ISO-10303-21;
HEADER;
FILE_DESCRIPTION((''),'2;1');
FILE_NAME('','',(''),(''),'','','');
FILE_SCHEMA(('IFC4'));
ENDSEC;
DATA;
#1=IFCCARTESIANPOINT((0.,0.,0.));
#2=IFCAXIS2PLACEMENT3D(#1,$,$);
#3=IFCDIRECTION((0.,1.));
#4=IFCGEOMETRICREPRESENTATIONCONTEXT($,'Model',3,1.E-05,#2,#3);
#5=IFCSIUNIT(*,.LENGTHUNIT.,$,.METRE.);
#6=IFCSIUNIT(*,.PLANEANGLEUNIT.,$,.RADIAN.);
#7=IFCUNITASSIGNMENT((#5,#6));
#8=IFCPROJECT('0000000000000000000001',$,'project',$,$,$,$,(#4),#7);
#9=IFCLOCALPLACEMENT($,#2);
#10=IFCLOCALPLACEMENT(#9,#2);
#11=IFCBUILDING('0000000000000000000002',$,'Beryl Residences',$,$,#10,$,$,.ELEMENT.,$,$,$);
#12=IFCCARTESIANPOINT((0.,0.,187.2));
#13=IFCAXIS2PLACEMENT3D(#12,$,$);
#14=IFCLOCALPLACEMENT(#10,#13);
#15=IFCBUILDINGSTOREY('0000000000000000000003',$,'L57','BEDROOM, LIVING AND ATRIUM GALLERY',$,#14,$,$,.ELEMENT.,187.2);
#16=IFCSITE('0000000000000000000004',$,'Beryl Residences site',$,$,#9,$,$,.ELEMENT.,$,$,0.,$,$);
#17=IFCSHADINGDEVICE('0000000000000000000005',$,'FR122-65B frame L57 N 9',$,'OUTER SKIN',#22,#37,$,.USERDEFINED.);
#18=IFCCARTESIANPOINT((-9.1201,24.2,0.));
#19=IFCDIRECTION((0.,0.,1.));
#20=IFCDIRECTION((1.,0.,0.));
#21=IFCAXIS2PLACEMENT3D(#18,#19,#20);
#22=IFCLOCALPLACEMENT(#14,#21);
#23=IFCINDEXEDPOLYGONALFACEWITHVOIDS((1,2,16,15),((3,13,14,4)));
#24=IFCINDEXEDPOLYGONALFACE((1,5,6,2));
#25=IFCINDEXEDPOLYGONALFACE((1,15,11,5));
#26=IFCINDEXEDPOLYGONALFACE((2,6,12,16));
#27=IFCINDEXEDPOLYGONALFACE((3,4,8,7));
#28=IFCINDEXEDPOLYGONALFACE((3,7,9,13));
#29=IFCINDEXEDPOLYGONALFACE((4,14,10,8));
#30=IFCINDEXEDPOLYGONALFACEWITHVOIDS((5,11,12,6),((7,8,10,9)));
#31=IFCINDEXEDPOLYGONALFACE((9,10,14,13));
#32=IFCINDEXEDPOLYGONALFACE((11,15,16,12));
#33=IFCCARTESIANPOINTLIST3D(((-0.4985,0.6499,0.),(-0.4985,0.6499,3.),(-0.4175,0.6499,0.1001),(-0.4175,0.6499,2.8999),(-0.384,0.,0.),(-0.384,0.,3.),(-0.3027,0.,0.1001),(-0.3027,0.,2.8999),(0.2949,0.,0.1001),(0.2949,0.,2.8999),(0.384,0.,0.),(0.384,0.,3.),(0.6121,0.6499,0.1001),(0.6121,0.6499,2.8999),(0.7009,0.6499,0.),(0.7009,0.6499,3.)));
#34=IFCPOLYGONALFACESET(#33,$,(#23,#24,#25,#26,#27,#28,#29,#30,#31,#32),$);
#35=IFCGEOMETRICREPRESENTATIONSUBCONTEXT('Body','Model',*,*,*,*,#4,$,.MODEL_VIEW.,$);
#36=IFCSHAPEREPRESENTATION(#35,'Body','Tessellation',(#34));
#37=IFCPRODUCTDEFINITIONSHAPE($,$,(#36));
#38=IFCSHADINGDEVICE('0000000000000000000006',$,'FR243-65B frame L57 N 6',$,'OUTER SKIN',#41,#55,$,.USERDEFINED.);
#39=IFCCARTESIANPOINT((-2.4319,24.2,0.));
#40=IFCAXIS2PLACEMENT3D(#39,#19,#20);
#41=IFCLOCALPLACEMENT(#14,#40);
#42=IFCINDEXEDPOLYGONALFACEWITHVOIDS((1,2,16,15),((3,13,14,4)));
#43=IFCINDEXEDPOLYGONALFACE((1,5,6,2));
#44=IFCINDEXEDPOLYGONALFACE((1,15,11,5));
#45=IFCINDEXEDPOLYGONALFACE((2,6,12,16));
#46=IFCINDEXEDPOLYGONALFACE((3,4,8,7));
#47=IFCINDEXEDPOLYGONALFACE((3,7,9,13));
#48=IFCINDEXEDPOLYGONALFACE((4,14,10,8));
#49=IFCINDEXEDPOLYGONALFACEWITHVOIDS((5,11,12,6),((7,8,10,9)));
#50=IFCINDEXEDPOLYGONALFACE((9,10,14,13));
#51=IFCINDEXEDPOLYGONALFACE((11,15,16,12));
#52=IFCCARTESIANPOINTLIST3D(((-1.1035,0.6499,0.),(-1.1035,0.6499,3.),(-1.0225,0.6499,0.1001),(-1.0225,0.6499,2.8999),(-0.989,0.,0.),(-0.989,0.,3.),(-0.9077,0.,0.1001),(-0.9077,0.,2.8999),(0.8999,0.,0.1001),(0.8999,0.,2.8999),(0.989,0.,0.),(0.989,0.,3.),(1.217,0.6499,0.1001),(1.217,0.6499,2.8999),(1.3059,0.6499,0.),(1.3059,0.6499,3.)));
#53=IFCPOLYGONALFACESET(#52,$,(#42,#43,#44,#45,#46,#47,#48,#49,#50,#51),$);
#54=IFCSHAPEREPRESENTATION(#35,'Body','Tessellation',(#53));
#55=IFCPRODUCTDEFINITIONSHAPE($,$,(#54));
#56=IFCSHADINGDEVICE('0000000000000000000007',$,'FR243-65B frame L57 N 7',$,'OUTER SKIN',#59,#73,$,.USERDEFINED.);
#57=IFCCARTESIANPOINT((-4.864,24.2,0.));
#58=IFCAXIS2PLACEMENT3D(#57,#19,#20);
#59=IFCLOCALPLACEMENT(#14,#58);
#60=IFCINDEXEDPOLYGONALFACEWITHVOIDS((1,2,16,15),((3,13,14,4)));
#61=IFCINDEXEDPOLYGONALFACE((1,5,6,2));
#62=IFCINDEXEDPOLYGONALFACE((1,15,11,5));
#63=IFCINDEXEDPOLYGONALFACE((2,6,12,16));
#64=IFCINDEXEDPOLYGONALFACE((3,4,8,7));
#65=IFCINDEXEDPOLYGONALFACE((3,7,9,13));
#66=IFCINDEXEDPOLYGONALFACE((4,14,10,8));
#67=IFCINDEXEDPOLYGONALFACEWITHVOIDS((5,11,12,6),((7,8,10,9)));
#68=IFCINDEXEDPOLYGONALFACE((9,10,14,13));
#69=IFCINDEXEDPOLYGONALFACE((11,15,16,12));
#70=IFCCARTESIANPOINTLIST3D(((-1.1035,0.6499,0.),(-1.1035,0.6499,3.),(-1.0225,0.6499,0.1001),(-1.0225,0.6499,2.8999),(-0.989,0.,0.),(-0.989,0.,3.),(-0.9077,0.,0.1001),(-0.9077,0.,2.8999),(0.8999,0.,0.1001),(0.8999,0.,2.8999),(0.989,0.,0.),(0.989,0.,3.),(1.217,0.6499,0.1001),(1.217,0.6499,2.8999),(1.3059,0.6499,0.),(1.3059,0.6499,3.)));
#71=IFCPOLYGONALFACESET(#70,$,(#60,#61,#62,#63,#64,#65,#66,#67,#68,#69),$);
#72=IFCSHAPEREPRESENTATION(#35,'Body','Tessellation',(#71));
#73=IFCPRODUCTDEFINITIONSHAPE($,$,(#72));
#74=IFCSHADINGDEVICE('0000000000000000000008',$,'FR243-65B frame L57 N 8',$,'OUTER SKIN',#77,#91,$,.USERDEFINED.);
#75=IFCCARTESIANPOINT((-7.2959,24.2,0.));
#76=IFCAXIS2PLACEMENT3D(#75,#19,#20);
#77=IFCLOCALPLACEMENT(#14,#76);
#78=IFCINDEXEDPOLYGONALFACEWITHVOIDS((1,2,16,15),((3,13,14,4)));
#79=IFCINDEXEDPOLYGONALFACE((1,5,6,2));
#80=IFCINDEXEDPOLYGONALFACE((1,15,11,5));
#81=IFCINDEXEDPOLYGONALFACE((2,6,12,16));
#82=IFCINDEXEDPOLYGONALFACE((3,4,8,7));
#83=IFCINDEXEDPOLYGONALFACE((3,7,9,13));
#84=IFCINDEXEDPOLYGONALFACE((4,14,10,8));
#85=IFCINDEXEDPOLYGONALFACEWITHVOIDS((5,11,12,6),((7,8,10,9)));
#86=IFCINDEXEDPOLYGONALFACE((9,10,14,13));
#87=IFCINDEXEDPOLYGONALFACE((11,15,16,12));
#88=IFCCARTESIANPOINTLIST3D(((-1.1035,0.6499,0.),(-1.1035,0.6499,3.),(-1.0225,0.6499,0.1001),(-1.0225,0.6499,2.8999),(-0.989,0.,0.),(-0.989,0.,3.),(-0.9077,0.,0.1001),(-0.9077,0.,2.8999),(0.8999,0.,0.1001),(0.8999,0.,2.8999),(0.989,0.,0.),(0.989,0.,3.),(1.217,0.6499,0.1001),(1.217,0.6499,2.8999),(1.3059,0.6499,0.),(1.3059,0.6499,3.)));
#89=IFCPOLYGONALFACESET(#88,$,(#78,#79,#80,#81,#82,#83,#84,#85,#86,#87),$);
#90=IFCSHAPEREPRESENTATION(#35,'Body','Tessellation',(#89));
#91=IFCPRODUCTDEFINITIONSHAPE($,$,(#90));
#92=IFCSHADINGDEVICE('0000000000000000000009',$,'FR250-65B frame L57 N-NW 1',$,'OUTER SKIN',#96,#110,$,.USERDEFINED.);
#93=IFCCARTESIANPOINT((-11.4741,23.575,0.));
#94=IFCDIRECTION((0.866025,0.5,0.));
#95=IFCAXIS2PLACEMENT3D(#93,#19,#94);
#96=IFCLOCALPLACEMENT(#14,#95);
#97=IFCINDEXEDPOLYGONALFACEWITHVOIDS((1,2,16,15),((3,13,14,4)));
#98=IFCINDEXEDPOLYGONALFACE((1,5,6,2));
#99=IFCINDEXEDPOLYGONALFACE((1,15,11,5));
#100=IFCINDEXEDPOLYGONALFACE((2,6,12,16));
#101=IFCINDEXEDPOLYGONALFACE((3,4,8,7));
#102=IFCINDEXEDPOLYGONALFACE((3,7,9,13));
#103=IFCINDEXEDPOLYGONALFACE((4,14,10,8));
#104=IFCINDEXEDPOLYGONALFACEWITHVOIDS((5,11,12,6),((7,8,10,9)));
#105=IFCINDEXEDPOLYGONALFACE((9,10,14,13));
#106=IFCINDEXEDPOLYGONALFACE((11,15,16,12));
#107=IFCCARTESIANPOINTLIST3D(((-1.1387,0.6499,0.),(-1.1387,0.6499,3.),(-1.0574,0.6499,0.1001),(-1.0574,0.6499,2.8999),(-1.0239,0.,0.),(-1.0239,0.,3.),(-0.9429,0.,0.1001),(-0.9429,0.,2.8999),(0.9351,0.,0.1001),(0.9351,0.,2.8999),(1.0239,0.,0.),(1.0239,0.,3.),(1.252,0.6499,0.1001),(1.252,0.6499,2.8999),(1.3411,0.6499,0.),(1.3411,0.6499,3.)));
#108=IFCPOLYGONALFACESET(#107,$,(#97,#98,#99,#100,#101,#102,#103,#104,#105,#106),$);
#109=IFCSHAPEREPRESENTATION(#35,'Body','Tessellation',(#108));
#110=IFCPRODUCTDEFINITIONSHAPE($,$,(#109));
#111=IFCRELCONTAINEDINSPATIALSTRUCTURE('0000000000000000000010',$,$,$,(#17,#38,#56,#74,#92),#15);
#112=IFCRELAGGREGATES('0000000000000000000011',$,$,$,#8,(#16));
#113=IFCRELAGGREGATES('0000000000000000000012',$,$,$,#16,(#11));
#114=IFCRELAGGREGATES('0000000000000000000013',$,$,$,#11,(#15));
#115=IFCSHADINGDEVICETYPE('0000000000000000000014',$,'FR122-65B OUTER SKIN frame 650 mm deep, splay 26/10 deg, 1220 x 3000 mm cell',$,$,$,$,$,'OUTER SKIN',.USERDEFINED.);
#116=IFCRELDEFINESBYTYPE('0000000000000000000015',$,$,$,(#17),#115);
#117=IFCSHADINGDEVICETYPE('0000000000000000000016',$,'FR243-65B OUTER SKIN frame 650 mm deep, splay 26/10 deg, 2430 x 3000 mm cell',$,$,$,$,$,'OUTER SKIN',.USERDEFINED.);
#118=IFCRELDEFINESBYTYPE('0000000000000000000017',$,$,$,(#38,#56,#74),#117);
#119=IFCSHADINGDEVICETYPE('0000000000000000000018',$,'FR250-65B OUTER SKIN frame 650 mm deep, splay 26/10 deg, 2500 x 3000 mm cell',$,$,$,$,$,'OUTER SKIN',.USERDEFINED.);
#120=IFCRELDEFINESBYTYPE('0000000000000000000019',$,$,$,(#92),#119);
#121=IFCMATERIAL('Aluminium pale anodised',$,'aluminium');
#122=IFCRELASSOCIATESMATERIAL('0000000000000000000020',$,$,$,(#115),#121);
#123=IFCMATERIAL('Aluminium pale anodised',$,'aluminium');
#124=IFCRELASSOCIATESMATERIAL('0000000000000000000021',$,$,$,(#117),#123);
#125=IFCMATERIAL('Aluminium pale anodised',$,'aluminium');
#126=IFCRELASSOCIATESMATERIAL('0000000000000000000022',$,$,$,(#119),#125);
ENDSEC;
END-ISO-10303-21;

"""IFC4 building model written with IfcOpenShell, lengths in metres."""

from ifc_helpers import new_model, entity, si_unit, direction, frame, origin, place, context, subcontext, project, spatial, source, transform, mapped, material, type_object, type_shapes, element, save


model = new_model("IFC4")

# Units and contexts
model_context = context("Model", 3, precision=1e-05, world=origin(), true_north=direction((0.0, 1.0)))
body_context = subcontext(model_context, "Body", "Model", "MODEL_VIEW")
ifc_project = project(units=[si_unit("LENGTHUNIT", "METRE"), si_unit("PLANEANGLEUNIT", "RADIAN")], contexts=[model_context])

# Site, building, storey
site_placement = place(None, origin())
site = spatial("IfcSite", under=ifc_project, at=site_placement, Name="Beryl Residences site", CompositionType="ELEMENT", RefElevation=0.0)
building_placement = place(site_placement, origin())
building = spatial("IfcBuilding", under=site, at=building_placement, Name="Beryl Residences", CompositionType="ELEMENT")
storey_placement = place(building_placement, frame((0.0, 0.0, 187.2)))
storey = spatial("IfcBuildingStorey", under=building, at=storey_placement, Name="L57", Description="BEDROOM, LIVING AND ATRIUM GALLERY", CompositionType="ELEMENT", Elevation=187.2)

# Shading devices
ifc_material_1 = material(Name="Aluminium pale anodised", Category="aluminium")
shading_device_type_1 = type_object("IfcShadingDeviceType", Name="FR122-65B OUTER SKIN frame 650 mm deep, splay 26/10 deg, 1220 x 3000 mm cell", ElementType="OUTER SKIN", PredefinedType="USERDEFINED", material=ifc_material_1)
cartesian_point_1 = entity("IfcCartesianPoint", [-0.384, 0.0])
cartesian_point_2 = entity("IfcCartesianPoint", [-0.2949, 0.1001])
cartesian_point_3 = entity("IfcCartesianPoint", [-0.7009, 0.0])
cartesian_point_4 = entity("IfcCartesianPoint", [-0.6121, 0.1001])
shared_shape_1 = source(origin(), body_context, "Body", "SweptSolid", [
    entity("IfcExtrudedAreaSolidTapered", entity("IfcArbitraryProfileDefWithVoids", "AREA", None, entity("IfcPolyline", [cartesian_point_1, entity("IfcCartesianPoint", [0.384, 0.0]), entity("IfcCartesianPoint", [0.384, 3.0]), entity("IfcCartesianPoint", [-0.384, 3.0]), cartesian_point_1]), [entity("IfcPolyline", [cartesian_point_2, entity("IfcCartesianPoint", [0.3027, 0.1001]), entity("IfcCartesianPoint", [0.3027, 2.8999]), entity("IfcCartesianPoint", [-0.2949, 2.8999]), cartesian_point_2])]), entity("IfcAxis2Placement3D", entity("IfcCartesianPoint", [0.0, 0.0, 0.0]), entity("IfcDirection", [0.0, 1.0, 0.0]), entity("IfcDirection", [-1.0, 0.0, 0.0])), entity("IfcDirection", [0.0, 0.0, 1.0]), 0.6499, entity("IfcArbitraryProfileDefWithVoids", "AREA", None, entity("IfcPolyline", [cartesian_point_3, entity("IfcCartesianPoint", [0.4985, 0.0]), entity("IfcCartesianPoint", [0.4985, 3.0]), entity("IfcCartesianPoint", [-0.7009, 3.0]), cartesian_point_3]), [entity("IfcPolyline", [cartesian_point_4, entity("IfcCartesianPoint", [0.4175, 0.1001]), entity("IfcCartesianPoint", [0.4175, 2.8999]), entity("IfcCartesianPoint", [-0.6121, 2.8999]), cartesian_point_4])])),
])
type_shapes(shading_device_type_1, [shared_shape_1])
shading_device_1_placement = place(storey_placement, frame((-9.1201, 24.2, 0.0), z_axis=(0.0, 0.0, 1.0), x_axis=(1.0, 0.0, 0.0)))
element("IfcShadingDevice", 1, at=shading_device_1_placement, inside=storey, type_object=shading_device_type_1, Name="FR122-65B frame L57 N 9", ObjectType="OUTER SKIN", PredefinedType="USERDEFINED", context=body_context, shape_type="MappedRepresentation", body=[
    mapped(shared_shape_1, transform((0.0, 0.0, 0.0))),
])
ifc_material_2 = material(Name="Aluminium pale anodised", Category="aluminium")
shading_device_type_2 = type_object("IfcShadingDeviceType", Name="FR243-65B OUTER SKIN frame 650 mm deep, splay 26/10 deg, 2430 x 3000 mm cell", ElementType="OUTER SKIN", PredefinedType="USERDEFINED", material=ifc_material_2)
cartesian_point_5 = entity("IfcCartesianPoint", [-0.989, 0.0])
cartesian_point_6 = entity("IfcCartesianPoint", [-0.8999, 0.1001])
cartesian_point_7 = entity("IfcCartesianPoint", [-1.3059, 0.0])
cartesian_point_8 = entity("IfcCartesianPoint", [-1.217, 0.1001])
shared_shape_2 = source(origin(), body_context, "Body", "SweptSolid", [
    entity("IfcExtrudedAreaSolidTapered", entity("IfcArbitraryProfileDefWithVoids", "AREA", None, entity("IfcPolyline", [cartesian_point_5, entity("IfcCartesianPoint", [0.989, 0.0]), entity("IfcCartesianPoint", [0.989, 3.0]), entity("IfcCartesianPoint", [-0.989, 3.0]), cartesian_point_5]), [entity("IfcPolyline", [cartesian_point_6, entity("IfcCartesianPoint", [0.9077, 0.1001]), entity("IfcCartesianPoint", [0.9077, 2.8999]), entity("IfcCartesianPoint", [-0.8999, 2.8999]), cartesian_point_6])]), entity("IfcAxis2Placement3D", entity("IfcCartesianPoint", [0.0, 0.0, 0.0]), entity("IfcDirection", [0.0, 1.0, 0.0]), entity("IfcDirection", [-1.0, 0.0, 0.0])), entity("IfcDirection", [0.0, 0.0, 1.0]), 0.6499, entity("IfcArbitraryProfileDefWithVoids", "AREA", None, entity("IfcPolyline", [cartesian_point_7, entity("IfcCartesianPoint", [1.1035, 0.0]), entity("IfcCartesianPoint", [1.1035, 3.0]), entity("IfcCartesianPoint", [-1.3059, 3.0]), cartesian_point_7]), [entity("IfcPolyline", [cartesian_point_8, entity("IfcCartesianPoint", [1.0225, 0.1001]), entity("IfcCartesianPoint", [1.0225, 2.8999]), entity("IfcCartesianPoint", [-1.217, 2.8999]), cartesian_point_8])])),
])
type_shapes(shading_device_type_2, [shared_shape_2])
for number, where, z_axis, x_axis, name in (
    (2, (-2.4319, 24.2, 0.0), (0.0, 0.0, 1.0), (1.0, 0.0, 0.0), "FR243-65B frame L57 N 6"),
    (3, (-4.864, 24.2, 0.0), (0.0, 0.0, 1.0), (1.0, 0.0, 0.0), "FR243-65B frame L57 N 7"),
    (4, (-7.2959, 24.2, 0.0), (0.0, 0.0, 1.0), (1.0, 0.0, 0.0), "FR243-65B frame L57 N 8"),
):
    element("IfcShadingDevice", number, at=place(storey_placement, frame(where, z_axis=z_axis, x_axis=x_axis)), inside=storey, type_object=shading_device_type_2, Name=name, ObjectType="OUTER SKIN", PredefinedType="USERDEFINED", context=body_context, shape_type="MappedRepresentation", body=[
        mapped(shared_shape_2, transform((0.0, 0.0, 0.0))),
    ])
ifc_material_3 = material(Name="Aluminium pale anodised", Category="aluminium")
shading_device_type_3 = type_object("IfcShadingDeviceType", Name="FR250-65B OUTER SKIN frame 650 mm deep, splay 26/10 deg, 2500 x 3000 mm cell", ElementType="OUTER SKIN", PredefinedType="USERDEFINED", material=ifc_material_3)
cartesian_point_9 = entity("IfcCartesianPoint", [-1.0239, 0.0])
cartesian_point_10 = entity("IfcCartesianPoint", [-0.9351, 0.1001])
cartesian_point_11 = entity("IfcCartesianPoint", [-1.3411, 0.0])
cartesian_point_12 = entity("IfcCartesianPoint", [-1.252, 0.1001])
shared_shape_3 = source(origin(), body_context, "Body", "SweptSolid", [
    entity("IfcExtrudedAreaSolidTapered", entity("IfcArbitraryProfileDefWithVoids", "AREA", None, entity("IfcPolyline", [cartesian_point_9, entity("IfcCartesianPoint", [1.0239, 0.0]), entity("IfcCartesianPoint", [1.0239, 3.0]), entity("IfcCartesianPoint", [-1.0239, 3.0]), cartesian_point_9]), [entity("IfcPolyline", [cartesian_point_10, entity("IfcCartesianPoint", [0.9429, 0.1001]), entity("IfcCartesianPoint", [0.9429, 2.8999]), entity("IfcCartesianPoint", [-0.9351, 2.8999]), cartesian_point_10])]), entity("IfcAxis2Placement3D", entity("IfcCartesianPoint", [0.0, 0.0, 0.0]), entity("IfcDirection", [0.0, 1.0, 0.0]), entity("IfcDirection", [-1.0, 0.0, 0.0])), entity("IfcDirection", [0.0, 0.0, 1.0]), 0.6499, entity("IfcArbitraryProfileDefWithVoids", "AREA", None, entity("IfcPolyline", [cartesian_point_11, entity("IfcCartesianPoint", [1.1387, 0.0]), entity("IfcCartesianPoint", [1.1387, 3.0]), entity("IfcCartesianPoint", [-1.3411, 3.0]), cartesian_point_11]), [entity("IfcPolyline", [cartesian_point_12, entity("IfcCartesianPoint", [1.0574, 0.1001]), entity("IfcCartesianPoint", [1.0574, 2.8999]), entity("IfcCartesianPoint", [-1.252, 2.8999]), cartesian_point_12])])),
])
type_shapes(shading_device_type_3, [shared_shape_3])
shading_device_2_placement = place(storey_placement, frame((-11.4741, 23.575, 0.0), z_axis=(0.0, 0.0, 1.0), x_axis=(0.866025, 0.5, 0.0)))
element("IfcShadingDevice", 5, at=shading_device_2_placement, inside=storey, type_object=shading_device_type_3, Name="FR250-65B frame L57 N-NW 1", ObjectType="OUTER SKIN", PredefinedType="USERDEFINED", context=body_context, shape_type="MappedRepresentation", body=[
    mapped(shared_shape_3, transform((0.0, 0.0, 0.0))),
])

save(model, "model.ifc")
